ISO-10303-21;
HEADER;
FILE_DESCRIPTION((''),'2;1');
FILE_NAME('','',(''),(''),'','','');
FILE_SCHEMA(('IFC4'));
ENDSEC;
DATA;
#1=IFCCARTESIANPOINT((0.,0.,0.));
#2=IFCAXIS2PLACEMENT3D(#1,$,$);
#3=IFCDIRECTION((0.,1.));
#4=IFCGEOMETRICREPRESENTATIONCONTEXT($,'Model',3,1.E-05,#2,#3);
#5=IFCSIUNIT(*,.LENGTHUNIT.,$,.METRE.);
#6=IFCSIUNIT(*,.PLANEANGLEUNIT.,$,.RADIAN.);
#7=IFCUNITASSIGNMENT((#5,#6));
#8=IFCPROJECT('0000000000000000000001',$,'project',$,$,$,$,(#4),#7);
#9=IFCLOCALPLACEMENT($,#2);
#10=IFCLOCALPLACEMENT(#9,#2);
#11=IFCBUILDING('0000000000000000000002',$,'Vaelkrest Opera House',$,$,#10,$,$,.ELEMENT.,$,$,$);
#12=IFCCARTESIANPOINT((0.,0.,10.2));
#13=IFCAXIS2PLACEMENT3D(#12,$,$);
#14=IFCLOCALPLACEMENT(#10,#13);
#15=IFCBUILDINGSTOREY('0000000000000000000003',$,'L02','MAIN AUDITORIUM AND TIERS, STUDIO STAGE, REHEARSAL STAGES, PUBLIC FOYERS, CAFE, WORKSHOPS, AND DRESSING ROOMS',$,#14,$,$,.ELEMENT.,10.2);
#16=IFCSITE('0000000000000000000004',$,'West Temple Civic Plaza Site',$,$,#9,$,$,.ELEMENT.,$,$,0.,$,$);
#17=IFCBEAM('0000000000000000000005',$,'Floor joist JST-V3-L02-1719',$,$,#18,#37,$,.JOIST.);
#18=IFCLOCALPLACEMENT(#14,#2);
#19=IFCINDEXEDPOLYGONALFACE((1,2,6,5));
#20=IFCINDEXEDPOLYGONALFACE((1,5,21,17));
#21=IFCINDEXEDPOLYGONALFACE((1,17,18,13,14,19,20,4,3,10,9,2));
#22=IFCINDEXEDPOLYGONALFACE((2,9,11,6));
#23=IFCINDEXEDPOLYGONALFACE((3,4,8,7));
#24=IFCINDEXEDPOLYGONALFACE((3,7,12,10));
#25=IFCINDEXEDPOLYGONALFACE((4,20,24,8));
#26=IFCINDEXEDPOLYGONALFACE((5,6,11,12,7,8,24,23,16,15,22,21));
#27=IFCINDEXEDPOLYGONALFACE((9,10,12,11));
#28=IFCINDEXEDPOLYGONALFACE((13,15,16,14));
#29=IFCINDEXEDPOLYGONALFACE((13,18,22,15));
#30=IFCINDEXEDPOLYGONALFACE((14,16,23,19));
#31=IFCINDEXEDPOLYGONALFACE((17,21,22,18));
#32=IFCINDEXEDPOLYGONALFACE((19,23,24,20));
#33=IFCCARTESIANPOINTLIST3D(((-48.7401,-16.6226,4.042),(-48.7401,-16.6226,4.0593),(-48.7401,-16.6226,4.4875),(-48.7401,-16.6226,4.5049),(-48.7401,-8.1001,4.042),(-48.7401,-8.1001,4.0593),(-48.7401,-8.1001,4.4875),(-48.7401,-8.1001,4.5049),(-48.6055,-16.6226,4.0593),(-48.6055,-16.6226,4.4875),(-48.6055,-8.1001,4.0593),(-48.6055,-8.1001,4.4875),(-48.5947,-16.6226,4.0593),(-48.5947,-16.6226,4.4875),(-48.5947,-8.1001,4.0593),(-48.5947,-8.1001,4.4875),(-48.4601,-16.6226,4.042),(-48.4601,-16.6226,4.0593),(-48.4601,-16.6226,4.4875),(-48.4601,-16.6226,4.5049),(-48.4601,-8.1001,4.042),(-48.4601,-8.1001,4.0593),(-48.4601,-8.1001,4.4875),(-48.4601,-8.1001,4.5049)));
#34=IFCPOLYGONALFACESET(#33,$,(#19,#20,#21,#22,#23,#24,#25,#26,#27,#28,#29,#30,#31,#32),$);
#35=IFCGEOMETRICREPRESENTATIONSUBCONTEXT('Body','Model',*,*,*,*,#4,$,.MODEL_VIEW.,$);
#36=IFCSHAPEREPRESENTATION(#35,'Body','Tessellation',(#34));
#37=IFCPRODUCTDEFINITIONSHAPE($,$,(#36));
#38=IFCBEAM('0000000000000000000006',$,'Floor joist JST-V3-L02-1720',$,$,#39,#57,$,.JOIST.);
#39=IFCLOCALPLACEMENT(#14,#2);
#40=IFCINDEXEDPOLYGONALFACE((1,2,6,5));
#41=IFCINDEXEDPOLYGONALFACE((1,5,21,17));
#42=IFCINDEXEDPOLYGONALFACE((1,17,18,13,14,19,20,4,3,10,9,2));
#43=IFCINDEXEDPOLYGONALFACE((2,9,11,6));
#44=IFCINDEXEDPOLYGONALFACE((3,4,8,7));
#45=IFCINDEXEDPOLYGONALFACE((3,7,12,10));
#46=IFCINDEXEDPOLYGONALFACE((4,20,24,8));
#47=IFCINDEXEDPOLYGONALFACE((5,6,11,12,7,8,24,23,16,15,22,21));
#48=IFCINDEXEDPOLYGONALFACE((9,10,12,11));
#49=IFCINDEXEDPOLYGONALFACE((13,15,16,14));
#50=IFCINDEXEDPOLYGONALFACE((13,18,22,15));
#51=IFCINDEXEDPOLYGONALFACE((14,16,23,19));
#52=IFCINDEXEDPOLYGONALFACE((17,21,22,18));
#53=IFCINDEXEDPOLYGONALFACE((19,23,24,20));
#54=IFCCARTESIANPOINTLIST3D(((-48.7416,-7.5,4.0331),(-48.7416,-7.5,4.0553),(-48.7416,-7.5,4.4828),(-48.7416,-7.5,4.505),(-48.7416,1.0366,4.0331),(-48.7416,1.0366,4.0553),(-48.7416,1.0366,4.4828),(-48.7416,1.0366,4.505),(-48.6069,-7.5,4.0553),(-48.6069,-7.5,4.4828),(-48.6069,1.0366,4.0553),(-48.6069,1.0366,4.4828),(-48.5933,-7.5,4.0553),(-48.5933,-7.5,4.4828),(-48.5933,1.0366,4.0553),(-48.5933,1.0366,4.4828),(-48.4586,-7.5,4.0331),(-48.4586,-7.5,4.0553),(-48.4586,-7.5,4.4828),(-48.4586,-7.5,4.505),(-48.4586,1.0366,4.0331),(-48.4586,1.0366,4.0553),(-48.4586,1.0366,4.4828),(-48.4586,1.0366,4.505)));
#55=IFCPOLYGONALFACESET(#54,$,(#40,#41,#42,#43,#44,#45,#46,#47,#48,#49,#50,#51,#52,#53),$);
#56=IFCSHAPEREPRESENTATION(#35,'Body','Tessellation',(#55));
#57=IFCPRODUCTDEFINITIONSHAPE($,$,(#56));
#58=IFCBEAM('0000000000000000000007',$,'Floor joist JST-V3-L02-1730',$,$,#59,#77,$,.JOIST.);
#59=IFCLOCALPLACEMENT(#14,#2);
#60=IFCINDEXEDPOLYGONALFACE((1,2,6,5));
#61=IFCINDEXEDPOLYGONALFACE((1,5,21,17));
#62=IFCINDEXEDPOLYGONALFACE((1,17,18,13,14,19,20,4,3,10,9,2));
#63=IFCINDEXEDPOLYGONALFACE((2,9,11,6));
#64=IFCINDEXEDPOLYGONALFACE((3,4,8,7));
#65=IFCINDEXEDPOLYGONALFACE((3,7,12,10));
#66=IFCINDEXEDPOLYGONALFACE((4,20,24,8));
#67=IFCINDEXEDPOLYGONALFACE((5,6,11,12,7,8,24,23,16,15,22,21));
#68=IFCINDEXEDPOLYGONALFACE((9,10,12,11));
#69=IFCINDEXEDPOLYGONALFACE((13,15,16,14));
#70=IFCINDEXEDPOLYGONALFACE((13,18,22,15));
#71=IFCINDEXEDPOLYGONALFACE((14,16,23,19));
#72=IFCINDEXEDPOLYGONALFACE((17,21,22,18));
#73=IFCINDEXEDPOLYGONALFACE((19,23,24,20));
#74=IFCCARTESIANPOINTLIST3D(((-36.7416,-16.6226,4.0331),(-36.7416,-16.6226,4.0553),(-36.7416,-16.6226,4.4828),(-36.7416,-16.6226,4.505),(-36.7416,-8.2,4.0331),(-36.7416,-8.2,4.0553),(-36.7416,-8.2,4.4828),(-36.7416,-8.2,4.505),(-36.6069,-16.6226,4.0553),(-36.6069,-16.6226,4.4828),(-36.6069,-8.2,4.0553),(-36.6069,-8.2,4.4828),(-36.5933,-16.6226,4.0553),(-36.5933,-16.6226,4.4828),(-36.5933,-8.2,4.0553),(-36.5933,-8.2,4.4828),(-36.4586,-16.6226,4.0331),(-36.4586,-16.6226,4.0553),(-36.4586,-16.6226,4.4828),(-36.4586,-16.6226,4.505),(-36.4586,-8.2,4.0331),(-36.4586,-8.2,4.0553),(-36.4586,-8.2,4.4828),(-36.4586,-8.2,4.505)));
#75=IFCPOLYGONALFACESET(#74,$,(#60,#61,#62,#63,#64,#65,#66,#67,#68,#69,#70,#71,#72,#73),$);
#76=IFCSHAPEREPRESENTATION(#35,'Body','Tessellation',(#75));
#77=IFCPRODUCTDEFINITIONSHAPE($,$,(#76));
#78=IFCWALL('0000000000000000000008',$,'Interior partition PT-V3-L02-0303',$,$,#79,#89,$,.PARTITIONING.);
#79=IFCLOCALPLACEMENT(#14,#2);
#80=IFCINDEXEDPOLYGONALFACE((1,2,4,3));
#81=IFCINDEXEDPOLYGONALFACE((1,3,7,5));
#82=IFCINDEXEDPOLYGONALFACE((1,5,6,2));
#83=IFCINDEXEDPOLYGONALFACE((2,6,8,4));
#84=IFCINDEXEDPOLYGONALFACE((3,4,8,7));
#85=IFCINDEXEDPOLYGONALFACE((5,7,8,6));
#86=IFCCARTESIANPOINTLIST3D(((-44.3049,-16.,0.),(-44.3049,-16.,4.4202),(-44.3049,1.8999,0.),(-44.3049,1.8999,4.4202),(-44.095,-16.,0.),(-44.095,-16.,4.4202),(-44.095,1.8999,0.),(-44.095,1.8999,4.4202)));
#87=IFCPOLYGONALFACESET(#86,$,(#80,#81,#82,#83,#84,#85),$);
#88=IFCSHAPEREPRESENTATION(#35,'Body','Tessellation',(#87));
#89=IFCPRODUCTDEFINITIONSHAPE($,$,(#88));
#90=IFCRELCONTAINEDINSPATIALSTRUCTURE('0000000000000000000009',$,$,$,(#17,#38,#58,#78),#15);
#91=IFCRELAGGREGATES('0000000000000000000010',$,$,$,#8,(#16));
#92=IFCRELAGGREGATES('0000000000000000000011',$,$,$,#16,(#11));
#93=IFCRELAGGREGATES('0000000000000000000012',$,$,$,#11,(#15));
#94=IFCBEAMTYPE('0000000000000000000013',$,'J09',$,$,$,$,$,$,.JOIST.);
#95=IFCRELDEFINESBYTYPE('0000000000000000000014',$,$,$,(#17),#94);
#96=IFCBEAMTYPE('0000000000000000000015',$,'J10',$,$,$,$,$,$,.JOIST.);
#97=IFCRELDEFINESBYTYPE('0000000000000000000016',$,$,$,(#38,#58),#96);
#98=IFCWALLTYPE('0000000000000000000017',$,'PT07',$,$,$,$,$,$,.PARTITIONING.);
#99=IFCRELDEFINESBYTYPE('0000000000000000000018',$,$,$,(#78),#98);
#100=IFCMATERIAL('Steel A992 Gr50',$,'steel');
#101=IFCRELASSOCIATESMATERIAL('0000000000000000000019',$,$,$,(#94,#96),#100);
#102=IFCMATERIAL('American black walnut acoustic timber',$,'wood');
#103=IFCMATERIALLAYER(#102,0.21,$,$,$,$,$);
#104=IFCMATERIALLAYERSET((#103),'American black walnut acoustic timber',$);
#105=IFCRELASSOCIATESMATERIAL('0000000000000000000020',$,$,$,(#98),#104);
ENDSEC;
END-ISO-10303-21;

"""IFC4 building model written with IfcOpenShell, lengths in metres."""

from ifc_helpers import new_model, si_unit, direction, frame, frame_2d, origin, origin_2d, place, context, subcontext, project, spatial, rectangle, i_section, extrude, material, layer, layer_set, material_profile, profile_set, type_object, element, save


model = new_model("IFC4")

# Units and contexts
model_context = context("Model", 3, precision=1e-05, world=origin(), true_north=direction((0.0, 1.0)))
body_context = subcontext(model_context, "Body", "Model", "MODEL_VIEW")
ifc_project = project(units=[si_unit("LENGTHUNIT", "METRE"), si_unit("PLANEANGLEUNIT", "RADIAN")], contexts=[model_context])

# Site, building, storey
site_placement = place(None, origin())
site = spatial("IfcSite", under=ifc_project, at=site_placement, Name="West Temple Civic Plaza Site", CompositionType="ELEMENT", RefElevation=0.0)
building_placement = place(site_placement, origin())
building = spatial("IfcBuilding", under=site, at=building_placement, Name="Vaelkrest Opera House", CompositionType="ELEMENT")
storey_placement = place(building_placement, frame((0.0, 0.0, 10.2)))
storey = spatial("IfcBuildingStorey", under=building, at=storey_placement, Name="L02", Description="MAIN AUDITORIUM AND TIERS, STUDIO STAGE, REHEARSAL STAGES, PUBLIC FOYERS, CAFE, WORKSHOPS, AND DRESSING ROOMS", CompositionType="ELEMENT", Elevation=10.2)

# Beams
ifc_material_1 = material(Name="Steel A992 Gr50", Category="steel")
ifc_material_profile_1 = material_profile(ifc_material_1, i_section(OverallWidth=0.28, OverallDepth=0.4629, WebThickness=0.0107, FlangeThickness=0.0173, at=origin_2d()), Name="W18X76")
ifc_profile_set_1 = profile_set([ifc_material_profile_1], Name="Steel A992 Gr50")
beam_type_1 = type_object("IfcBeamType", Name="J09", PredefinedType="JOIST", material=ifc_profile_set_1)
beam_1_placement = place(storey_placement, frame((-48.6001, -16.6226, 4.2734), z_axis=(0.0, 1.0, 0.0), x_axis=(-1.0, 0.0, 0.0)))
element("IfcBeam", 1, at=beam_1_placement, inside=storey, type_object=beam_type_1, Name="Floor joist JST-V3-L02-1719", PredefinedType="JOIST", context=body_context, shape_type="SweptSolid", body=[
    extrude(i_section(OverallWidth=0.28, OverallDepth=0.4629, WebThickness=0.0107, FlangeThickness=0.0173, at=origin_2d()), origin(), (0.0, 0.0, 1.0), 8.5225),
])
ifc_material_profile_2 = material_profile(ifc_material_1, i_section(OverallWidth=0.283, OverallDepth=0.4719, WebThickness=0.0137, FlangeThickness=0.0222, at=origin_2d()), Name="W18X97")
ifc_profile_set_2 = profile_set([ifc_material_profile_2], Name="Steel A992 Gr50")
beam_type_2 = type_object("IfcBeamType", Name="J10", PredefinedType="JOIST", material=ifc_profile_set_2)
beam_2_placement = place(storey_placement, frame((-48.6001, -7.5, 4.269), z_axis=(0.0, 1.0, 0.0), x_axis=(-1.0, 0.0, 0.0)))
element("IfcBeam", 2, at=beam_2_placement, inside=storey, type_object=beam_type_2, Name="Floor joist JST-V3-L02-1720", PredefinedType="JOIST", context=body_context, shape_type="SweptSolid", body=[
    extrude(i_section(OverallWidth=0.283, OverallDepth=0.4719, WebThickness=0.0137, FlangeThickness=0.0222, at=origin_2d()), origin(), (0.0, 0.0, 1.0), 8.5366),
])
beam_3_placement = place(storey_placement, frame((-36.6001, -16.6226, 4.269), z_axis=(0.0, 1.0, 0.0), x_axis=(-1.0, 0.0, 0.0)))
element("IfcBeam", 3, at=beam_3_placement, inside=storey, type_object=beam_type_2, Name="Floor joist JST-V3-L02-1730", PredefinedType="JOIST", context=body_context, shape_type="SweptSolid", body=[
    extrude(i_section(OverallWidth=0.283, OverallDepth=0.4719, WebThickness=0.0137, FlangeThickness=0.0222, at=origin_2d()), origin(), (0.0, 0.0, 1.0), 8.4226),
])

# Wall
ifc_material_2 = material(Name="American black walnut acoustic timber", Category="wood")
ifc_layer = layer(ifc_material_2, 0.21)
ifc_layer_set = layer_set([ifc_layer], Name="American black walnut acoustic timber")
wall_type = type_object("IfcWallType", Name="PT07", PredefinedType="PARTITIONING", material=ifc_layer_set)
wall_placement = place(storey_placement, frame((-44.2, -16.0, 0.0), z_axis=(0.0, 0.0, 1.0), x_axis=(0.0, 1.0, 0.0)))
element("IfcWall", 4, at=wall_placement, inside=storey, type_object=wall_type, Name="Interior partition PT-V3-L02-0303", PredefinedType="PARTITIONING", context=body_context, shape_type="SweptSolid", body=[
    extrude(rectangle(XDim=17.8999, YDim=0.21, at=frame_2d((8.95, 0.0))), origin(), (0.0, 0.0, 1.0), 4.4202),
])

save(model, "model.ifc")
